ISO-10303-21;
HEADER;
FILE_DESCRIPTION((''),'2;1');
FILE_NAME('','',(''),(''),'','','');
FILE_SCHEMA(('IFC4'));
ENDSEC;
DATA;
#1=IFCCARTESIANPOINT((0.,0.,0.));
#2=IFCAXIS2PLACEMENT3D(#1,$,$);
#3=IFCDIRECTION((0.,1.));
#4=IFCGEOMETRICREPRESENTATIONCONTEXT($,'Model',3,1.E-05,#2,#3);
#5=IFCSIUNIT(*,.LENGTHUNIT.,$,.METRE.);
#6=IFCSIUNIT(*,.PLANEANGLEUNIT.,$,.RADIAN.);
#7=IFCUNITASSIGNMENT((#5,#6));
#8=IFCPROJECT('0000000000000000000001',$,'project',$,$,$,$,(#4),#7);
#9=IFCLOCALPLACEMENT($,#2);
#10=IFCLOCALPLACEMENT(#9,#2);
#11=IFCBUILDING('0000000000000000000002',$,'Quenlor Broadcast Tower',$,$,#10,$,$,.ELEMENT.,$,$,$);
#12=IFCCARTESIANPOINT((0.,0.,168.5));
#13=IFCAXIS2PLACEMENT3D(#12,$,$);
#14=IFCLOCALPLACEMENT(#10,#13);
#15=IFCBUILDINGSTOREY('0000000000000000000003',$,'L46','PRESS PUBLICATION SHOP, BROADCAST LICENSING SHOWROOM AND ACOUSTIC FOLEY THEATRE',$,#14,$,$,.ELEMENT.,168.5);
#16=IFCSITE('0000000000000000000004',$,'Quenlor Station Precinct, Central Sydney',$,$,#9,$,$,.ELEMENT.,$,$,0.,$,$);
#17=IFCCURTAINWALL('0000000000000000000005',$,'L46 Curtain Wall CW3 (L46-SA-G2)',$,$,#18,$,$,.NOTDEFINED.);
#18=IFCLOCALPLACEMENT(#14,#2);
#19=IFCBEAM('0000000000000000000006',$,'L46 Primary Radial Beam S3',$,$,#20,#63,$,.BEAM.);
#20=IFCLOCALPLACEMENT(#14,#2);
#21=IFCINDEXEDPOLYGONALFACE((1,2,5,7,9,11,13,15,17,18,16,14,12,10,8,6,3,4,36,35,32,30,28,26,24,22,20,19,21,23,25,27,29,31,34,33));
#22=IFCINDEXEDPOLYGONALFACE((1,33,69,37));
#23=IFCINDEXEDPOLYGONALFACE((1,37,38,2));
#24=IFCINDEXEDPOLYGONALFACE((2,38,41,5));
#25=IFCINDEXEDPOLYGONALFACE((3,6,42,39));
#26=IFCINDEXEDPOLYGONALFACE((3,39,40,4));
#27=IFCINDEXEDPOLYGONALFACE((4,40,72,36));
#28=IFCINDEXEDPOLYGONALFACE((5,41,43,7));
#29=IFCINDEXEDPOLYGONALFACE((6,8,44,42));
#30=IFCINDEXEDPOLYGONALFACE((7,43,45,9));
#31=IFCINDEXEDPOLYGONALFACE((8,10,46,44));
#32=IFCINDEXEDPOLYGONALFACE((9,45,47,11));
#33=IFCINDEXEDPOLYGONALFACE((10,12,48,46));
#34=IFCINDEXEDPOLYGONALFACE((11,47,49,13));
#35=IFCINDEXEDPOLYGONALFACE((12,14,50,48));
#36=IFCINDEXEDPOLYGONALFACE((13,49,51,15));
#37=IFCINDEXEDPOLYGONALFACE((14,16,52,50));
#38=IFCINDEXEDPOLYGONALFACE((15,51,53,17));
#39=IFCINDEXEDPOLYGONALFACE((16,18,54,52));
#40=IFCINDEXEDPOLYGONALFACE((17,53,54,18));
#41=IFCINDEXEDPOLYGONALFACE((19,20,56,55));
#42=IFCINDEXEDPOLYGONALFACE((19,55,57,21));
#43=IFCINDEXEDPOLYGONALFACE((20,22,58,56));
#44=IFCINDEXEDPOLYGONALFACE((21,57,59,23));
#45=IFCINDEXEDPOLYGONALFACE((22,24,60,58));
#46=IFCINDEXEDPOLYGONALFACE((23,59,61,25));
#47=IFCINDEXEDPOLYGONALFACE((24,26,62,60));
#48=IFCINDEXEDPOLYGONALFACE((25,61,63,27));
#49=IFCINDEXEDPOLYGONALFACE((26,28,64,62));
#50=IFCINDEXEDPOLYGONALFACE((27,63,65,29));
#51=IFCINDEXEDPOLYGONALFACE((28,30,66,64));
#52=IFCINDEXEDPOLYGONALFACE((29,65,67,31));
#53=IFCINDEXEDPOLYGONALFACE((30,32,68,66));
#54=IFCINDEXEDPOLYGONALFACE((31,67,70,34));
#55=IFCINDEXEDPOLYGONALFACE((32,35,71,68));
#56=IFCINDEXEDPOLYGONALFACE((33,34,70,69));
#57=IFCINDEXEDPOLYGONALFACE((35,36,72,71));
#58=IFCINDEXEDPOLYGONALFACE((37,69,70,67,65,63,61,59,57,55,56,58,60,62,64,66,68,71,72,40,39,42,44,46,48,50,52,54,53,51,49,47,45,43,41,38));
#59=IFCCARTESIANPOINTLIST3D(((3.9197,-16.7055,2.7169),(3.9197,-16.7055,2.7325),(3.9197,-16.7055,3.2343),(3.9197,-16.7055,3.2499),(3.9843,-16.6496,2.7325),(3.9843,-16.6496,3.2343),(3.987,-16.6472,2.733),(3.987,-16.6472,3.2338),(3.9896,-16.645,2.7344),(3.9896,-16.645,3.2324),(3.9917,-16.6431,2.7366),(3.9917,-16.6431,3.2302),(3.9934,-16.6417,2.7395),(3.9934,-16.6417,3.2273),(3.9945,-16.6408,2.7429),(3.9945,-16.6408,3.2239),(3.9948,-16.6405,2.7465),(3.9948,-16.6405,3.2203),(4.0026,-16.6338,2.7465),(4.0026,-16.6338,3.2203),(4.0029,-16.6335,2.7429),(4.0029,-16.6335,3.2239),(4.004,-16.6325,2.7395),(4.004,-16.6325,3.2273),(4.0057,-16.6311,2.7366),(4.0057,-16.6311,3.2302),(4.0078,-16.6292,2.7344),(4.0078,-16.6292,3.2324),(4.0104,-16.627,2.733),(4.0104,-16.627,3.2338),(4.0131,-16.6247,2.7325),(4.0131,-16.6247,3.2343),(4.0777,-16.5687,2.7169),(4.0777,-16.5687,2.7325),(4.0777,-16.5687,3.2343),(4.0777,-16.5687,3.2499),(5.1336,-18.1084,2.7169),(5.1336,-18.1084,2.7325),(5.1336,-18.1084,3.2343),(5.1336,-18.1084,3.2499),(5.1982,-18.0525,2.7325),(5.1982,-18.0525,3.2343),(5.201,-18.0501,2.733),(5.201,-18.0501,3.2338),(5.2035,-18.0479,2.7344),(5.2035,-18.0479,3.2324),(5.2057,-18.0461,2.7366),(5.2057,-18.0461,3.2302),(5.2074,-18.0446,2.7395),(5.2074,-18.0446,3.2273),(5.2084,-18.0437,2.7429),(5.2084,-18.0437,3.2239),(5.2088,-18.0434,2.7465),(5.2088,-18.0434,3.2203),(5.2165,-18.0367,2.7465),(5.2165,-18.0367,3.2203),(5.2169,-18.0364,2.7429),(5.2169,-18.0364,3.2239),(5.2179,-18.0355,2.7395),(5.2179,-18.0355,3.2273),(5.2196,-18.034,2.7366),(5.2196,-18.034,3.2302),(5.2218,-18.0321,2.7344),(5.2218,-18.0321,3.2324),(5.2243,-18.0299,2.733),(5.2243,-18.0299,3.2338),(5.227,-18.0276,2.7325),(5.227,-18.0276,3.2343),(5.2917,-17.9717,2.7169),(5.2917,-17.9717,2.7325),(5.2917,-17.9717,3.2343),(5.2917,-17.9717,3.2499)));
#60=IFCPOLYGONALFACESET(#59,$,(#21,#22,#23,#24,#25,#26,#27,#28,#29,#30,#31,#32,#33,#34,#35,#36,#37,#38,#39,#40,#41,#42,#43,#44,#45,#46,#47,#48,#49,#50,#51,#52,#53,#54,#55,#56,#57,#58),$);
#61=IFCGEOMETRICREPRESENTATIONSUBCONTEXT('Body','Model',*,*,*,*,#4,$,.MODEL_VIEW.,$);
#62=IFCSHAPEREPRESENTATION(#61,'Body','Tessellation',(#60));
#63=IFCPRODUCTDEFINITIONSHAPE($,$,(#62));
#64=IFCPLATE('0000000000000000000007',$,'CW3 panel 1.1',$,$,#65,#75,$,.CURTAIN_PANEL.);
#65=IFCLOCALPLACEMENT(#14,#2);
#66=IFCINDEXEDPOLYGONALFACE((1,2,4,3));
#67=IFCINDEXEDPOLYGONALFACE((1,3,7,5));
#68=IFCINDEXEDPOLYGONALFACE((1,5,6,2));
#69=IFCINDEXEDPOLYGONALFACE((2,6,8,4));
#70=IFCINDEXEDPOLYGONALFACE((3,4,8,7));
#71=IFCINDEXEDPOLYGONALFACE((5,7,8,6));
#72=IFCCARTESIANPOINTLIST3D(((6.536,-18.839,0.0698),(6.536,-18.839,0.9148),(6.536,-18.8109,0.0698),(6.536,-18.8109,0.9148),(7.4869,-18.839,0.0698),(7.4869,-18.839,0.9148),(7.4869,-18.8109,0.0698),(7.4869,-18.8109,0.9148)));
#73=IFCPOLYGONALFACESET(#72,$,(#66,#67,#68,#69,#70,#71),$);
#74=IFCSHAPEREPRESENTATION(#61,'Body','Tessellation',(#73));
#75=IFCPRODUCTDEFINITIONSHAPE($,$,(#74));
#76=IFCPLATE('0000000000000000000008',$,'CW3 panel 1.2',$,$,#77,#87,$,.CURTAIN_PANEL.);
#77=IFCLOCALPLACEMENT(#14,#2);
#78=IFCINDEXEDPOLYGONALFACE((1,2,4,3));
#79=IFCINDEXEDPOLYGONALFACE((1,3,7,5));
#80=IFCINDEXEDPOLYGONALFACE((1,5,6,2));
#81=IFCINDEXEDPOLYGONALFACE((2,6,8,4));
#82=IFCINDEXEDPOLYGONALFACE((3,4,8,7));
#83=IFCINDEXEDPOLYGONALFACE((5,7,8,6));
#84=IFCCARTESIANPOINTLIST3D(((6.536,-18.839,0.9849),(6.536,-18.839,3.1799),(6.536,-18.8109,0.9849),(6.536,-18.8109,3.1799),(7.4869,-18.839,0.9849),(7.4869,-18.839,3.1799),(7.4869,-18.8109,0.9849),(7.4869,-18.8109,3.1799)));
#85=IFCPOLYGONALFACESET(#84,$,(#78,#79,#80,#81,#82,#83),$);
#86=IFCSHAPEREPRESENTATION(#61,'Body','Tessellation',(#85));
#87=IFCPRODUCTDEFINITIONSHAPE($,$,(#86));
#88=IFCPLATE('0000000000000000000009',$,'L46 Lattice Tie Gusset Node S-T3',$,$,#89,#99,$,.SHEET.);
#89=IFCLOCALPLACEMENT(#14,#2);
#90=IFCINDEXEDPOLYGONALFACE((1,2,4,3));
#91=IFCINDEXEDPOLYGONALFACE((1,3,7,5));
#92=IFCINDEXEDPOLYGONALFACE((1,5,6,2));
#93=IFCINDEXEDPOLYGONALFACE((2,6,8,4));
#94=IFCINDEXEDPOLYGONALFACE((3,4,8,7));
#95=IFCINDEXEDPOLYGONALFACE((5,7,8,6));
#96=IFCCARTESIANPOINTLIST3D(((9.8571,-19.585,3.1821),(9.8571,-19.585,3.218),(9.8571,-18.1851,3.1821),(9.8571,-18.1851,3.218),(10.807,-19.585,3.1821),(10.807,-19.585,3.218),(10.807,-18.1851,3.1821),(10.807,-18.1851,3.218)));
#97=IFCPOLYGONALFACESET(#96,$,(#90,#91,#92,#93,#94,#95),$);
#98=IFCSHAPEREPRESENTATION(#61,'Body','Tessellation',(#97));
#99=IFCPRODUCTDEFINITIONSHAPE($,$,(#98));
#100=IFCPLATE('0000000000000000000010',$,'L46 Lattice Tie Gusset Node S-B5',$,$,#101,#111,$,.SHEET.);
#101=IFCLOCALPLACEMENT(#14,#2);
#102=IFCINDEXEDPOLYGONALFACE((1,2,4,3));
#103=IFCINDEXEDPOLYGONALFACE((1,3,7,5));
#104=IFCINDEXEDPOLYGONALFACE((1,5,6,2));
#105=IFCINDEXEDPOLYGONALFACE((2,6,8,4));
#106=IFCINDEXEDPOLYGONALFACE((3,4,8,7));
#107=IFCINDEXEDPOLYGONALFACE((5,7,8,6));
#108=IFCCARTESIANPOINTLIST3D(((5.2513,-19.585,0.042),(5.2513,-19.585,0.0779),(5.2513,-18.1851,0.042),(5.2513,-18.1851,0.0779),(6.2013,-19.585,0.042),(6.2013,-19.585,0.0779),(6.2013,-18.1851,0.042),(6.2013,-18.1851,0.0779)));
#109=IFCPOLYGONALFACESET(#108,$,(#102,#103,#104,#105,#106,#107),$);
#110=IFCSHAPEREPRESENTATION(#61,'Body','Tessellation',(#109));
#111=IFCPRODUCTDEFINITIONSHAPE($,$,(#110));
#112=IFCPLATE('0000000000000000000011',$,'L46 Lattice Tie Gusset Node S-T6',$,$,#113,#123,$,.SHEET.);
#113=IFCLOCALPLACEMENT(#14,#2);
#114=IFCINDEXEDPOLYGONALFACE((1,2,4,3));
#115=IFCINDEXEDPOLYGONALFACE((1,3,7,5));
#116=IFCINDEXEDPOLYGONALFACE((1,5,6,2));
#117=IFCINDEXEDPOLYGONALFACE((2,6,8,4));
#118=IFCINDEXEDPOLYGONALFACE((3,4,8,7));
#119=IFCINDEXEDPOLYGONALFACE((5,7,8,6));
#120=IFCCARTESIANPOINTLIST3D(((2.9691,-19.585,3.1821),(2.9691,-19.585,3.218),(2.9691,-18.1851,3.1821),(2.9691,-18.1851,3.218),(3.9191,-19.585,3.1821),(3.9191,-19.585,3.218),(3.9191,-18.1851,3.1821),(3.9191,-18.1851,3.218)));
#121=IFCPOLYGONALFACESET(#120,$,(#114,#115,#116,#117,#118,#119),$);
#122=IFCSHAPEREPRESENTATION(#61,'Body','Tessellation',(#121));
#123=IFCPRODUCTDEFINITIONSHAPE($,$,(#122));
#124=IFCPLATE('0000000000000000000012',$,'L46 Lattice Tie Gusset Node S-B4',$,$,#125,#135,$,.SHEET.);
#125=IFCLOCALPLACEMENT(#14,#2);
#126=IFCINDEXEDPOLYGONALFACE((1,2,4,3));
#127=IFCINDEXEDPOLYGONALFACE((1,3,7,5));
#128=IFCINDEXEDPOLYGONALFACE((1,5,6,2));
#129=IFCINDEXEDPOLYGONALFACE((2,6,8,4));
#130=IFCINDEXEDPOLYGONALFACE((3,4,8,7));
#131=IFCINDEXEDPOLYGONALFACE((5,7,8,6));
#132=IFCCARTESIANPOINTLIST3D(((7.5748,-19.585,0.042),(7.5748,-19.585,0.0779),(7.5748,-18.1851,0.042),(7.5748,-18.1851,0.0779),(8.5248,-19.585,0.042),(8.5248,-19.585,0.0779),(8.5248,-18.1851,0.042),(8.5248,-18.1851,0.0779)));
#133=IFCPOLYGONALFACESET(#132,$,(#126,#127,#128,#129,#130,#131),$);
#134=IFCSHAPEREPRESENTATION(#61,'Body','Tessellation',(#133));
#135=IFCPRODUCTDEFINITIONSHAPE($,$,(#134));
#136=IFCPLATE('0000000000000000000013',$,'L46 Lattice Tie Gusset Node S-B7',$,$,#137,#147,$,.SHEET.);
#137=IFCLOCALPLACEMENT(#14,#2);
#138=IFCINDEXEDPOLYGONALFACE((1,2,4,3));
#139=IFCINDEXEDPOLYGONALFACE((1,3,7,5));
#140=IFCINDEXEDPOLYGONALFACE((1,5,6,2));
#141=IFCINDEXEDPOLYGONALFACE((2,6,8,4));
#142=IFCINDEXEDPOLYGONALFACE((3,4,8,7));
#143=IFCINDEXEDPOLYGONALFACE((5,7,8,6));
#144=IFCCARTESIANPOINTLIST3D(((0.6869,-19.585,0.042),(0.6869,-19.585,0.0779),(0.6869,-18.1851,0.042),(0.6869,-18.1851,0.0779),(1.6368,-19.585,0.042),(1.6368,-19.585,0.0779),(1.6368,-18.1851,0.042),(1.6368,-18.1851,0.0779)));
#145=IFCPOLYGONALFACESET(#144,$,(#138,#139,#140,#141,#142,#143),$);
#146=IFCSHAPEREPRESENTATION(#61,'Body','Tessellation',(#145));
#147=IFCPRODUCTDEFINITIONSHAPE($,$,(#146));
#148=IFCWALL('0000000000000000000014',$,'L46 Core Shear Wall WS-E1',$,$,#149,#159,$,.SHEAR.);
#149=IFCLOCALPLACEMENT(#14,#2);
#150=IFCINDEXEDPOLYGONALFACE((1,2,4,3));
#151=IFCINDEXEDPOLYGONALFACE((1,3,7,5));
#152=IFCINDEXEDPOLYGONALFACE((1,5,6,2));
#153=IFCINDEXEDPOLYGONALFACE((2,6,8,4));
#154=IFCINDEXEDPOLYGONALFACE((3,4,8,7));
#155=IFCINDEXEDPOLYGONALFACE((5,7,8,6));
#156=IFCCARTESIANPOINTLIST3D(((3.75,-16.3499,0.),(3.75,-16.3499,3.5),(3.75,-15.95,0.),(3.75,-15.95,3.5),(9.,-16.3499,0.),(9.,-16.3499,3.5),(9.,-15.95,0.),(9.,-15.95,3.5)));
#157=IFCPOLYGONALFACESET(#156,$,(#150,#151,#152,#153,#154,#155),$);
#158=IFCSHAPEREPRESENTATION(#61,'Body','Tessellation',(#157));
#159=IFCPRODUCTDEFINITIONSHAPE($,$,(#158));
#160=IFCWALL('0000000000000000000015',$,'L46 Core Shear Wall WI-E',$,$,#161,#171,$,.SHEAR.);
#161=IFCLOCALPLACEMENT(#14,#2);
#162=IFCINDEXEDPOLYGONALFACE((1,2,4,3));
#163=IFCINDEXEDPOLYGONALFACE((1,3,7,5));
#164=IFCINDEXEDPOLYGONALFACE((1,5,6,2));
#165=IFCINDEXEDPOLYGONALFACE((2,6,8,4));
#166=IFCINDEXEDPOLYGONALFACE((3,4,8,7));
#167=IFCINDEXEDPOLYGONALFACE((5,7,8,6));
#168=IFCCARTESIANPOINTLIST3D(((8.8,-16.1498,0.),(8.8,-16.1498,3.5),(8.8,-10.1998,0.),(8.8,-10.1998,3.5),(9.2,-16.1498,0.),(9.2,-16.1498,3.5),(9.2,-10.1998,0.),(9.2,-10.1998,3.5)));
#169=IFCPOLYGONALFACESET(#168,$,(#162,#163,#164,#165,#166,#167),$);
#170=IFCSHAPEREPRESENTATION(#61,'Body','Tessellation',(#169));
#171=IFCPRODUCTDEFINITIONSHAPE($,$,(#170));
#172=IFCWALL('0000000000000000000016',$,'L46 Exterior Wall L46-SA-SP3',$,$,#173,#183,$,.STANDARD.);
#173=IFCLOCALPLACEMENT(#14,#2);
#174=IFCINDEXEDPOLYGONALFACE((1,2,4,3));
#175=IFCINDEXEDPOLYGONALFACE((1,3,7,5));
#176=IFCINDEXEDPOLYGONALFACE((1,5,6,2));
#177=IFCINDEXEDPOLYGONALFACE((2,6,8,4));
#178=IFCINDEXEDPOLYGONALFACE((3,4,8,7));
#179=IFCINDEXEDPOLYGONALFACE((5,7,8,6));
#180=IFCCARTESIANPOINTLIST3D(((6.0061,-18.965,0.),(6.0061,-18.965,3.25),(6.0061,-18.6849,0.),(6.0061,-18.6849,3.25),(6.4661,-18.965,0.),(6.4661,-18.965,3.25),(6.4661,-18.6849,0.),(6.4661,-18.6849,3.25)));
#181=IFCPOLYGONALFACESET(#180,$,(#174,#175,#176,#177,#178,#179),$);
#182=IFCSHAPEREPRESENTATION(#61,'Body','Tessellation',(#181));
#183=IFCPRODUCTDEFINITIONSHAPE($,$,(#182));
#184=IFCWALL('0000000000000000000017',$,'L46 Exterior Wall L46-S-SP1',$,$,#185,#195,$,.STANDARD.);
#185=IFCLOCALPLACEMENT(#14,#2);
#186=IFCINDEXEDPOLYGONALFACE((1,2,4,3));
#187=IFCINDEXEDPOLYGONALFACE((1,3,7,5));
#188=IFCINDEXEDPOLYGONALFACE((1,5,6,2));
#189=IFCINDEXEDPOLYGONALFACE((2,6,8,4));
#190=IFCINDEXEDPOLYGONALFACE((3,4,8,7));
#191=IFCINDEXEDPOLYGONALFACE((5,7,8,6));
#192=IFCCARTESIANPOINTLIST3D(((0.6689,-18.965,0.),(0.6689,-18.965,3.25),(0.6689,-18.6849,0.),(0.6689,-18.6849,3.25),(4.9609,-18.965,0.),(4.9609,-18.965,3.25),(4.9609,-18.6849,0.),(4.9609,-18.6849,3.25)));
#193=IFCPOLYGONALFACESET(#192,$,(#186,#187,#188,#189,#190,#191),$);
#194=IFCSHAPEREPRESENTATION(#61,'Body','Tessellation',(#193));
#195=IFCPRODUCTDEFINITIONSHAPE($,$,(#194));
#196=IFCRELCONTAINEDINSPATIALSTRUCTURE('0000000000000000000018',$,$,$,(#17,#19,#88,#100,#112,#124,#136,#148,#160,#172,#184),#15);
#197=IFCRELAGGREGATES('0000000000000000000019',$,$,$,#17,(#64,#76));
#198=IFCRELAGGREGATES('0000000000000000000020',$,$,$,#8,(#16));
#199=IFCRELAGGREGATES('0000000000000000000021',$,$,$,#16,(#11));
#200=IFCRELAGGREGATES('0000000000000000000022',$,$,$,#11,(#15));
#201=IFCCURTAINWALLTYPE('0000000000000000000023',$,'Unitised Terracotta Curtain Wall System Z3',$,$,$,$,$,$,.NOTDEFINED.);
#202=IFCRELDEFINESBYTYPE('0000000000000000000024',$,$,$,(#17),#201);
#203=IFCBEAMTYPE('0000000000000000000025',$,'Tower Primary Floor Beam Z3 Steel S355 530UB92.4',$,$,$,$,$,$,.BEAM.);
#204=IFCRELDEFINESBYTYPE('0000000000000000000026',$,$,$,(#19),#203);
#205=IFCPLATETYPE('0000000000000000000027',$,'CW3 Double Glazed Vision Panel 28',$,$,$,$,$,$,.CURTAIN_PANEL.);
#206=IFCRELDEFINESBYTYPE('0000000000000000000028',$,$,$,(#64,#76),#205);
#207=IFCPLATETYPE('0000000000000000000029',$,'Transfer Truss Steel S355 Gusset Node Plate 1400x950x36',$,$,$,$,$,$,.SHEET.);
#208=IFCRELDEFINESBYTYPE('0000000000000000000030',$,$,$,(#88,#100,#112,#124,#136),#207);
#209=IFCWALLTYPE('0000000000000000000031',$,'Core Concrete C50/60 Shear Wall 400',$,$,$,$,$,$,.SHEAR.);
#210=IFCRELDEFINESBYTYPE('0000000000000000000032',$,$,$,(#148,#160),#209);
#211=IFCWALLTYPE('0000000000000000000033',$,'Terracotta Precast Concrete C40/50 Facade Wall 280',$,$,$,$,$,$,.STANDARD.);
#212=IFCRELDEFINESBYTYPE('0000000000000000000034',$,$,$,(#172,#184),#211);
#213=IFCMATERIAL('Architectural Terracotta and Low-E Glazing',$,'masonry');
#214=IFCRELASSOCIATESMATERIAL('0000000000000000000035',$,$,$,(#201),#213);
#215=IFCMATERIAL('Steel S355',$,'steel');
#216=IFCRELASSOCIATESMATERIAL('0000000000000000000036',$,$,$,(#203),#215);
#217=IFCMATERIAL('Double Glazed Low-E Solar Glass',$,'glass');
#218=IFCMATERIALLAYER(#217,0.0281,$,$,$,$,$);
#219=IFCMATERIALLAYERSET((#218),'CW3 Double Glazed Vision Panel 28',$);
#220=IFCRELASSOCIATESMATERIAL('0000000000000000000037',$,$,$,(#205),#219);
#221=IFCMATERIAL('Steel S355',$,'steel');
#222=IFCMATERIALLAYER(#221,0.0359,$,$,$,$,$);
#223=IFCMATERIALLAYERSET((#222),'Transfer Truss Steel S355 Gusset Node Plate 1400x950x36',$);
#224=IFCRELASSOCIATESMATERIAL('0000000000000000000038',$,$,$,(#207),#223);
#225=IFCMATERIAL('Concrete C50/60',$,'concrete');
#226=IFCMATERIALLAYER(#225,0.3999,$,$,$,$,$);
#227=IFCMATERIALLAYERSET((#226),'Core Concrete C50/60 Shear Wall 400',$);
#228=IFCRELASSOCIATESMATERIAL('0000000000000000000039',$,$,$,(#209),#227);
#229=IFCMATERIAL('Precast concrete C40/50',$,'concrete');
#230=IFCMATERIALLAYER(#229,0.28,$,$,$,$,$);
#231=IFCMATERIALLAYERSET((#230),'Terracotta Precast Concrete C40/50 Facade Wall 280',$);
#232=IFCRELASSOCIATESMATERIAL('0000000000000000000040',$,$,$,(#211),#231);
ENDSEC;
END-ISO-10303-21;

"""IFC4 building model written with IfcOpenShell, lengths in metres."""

from ifc_helpers import new_model, si_unit, direction, frame, frame_2d, origin, origin_2d, place, context, subcontext, project, spatial, rectangle, i_section, extrude, material, layer, layer_set, material_profile, profile_set, type_object, element, aggregate, save


model = new_model("IFC4")

# Units and contexts
model_context = context("Model", 3, precision=1e-05, world=origin(), true_north=direction((0.0, 1.0)))
body_context = subcontext(model_context, "Body", "Model", "MODEL_VIEW")
ifc_project = project(units=[si_unit("LENGTHUNIT", "METRE"), si_unit("PLANEANGLEUNIT", "RADIAN")], contexts=[model_context])

# Site, building, storey
site_placement = place(None, origin())
site = spatial("IfcSite", under=ifc_project, at=site_placement, Name="Quenlor Station Precinct, Central Sydney", CompositionType="ELEMENT", RefElevation=0.0)
building_placement = place(site_placement, origin())
building = spatial("IfcBuilding", under=site, at=building_placement, Name="Quenlor Broadcast Tower", CompositionType="ELEMENT")
storey_placement = place(building_placement, frame((0.0, 0.0, 168.5)))
storey = spatial("IfcBuildingStorey", under=building, at=storey_placement, Name="L46", Description="PRESS PUBLICATION SHOP, BROADCAST LICENSING SHOWROOM AND ACOUSTIC FOLEY THEATRE", CompositionType="ELEMENT", Elevation=168.5)

# Curtain wall
ifc_material_1 = material(Name="Architectural Terracotta and Low-E Glazing", Category="masonry")
curtain_wall_type = type_object("IfcCurtainWallType", Name="Unitised Terracotta Curtain Wall System Z3", PredefinedType="NOTDEFINED", material=ifc_material_1)
curtain_wall_1_placement = place(storey_placement, origin())
curtain_wall_1 = element("IfcCurtainWall", 1, at=curtain_wall_1_placement, inside=storey, type_object=curtain_wall_type, Name="L46 Curtain Wall CW3 (L46-SA-G2)", PredefinedType="NOTDEFINED")

# Beam
ifc_material_2 = material(Name="Steel S355", Category="steel")
ifc_material_profile_1 = material_profile(ifc_material_2, i_section(OverallWidth=0.209, OverallDepth=0.533, WebThickness=0.0103, FlangeThickness=0.0156, FilletRadius=0.0139, at=origin_2d()))
ifc_profile_set_1 = profile_set([ifc_material_profile_1], Name="Steel S355 530UB92.4")
beam_type_1 = type_object("IfcBeamType", Name="Tower Primary Floor Beam Z3 Steel S355 530UB92.4", PredefinedType="BEAM", material=ifc_profile_set_1)
beam_1_placement = place(storey_placement, frame((5.2126, -18.04, 2.9834), z_axis=(-0.654339, 0.756201, 0.0), x_axis=(-0.756201, -0.654339, 0.0)))
element("IfcBeam", 2, at=beam_1_placement, inside=storey, type_object=beam_type_1, Name="L46 Primary Radial Beam S3", PredefinedType="BEAM", context=body_context, shape_type="SweptSolid", body=[
    extrude(i_section(OverallWidth=0.209, OverallDepth=0.533, WebThickness=0.0103, FlangeThickness=0.0156, FilletRadius=0.0139, at=origin_2d()), origin(), (0.0, 0.0, 1.0), 1.8552),
])

# Plates
ifc_material_3 = material(Name="Double Glazed Low-E Solar Glass", Category="glass")
ifc_layer_1 = layer(ifc_material_3, 0.0281)
ifc_layer_set_1 = layer_set([ifc_layer_1], Name="CW3 Double Glazed Vision Panel 28")
plate_type_1 = type_object("IfcPlateType", Name="CW3 Double Glazed Vision Panel 28", PredefinedType="CURTAIN_PANEL", material=ifc_layer_set_1)
plate_1_placement = place(storey_placement, frame((7.0115, -18.825, 0.0698), z_axis=(0.0, 0.0, 1.0), x_axis=(-1.0, 0.0, 0.0)))
plate_1 = element("IfcPlate", 3, at=plate_1_placement, type_object=plate_type_1, Name="CW3 panel 1.1", PredefinedType="CURTAIN_PANEL", context=body_context, shape_type="SweptSolid", body=[
    extrude(rectangle(XDim=0.9509, YDim=0.0281, at=origin_2d()), origin(), (0.0, 0.0, 1.0), 0.845),
])
plate_2_placement = place(storey_placement, frame((7.0115, -18.825, 0.9849), z_axis=(0.0, 0.0, 1.0), x_axis=(-1.0, 0.0, 0.0)))
plate_2 = element("IfcPlate", 4, at=plate_2_placement, type_object=plate_type_1, Name="CW3 panel 1.2", PredefinedType="CURTAIN_PANEL", context=body_context, shape_type="SweptSolid", body=[
    extrude(rectangle(XDim=0.9509, YDim=0.0281, at=origin_2d()), origin(), (0.0, 0.0, 1.0), 2.1951),
])
aggregate(curtain_wall_1, [plate_1, plate_2])

# Plates
ifc_material_4 = material(Name="Steel S355", Category="steel")
ifc_layer_2 = layer(ifc_material_4, 0.0359)
ifc_layer_set_2 = layer_set([ifc_layer_2], Name="Transfer Truss Steel S355 Gusset Node Plate 1400x950x36")
plate_type_2 = type_object("IfcPlateType", Name="Transfer Truss Steel S355 Gusset Node Plate 1400x950x36", PredefinedType="SHEET", material=ifc_layer_set_2)
for number, where, z_axis, x_axis, name in (
    (5, (10.332, -18.885, 3.1821), (0.0, 0.0, 1.0), (0.0, -1.0, 0.0), "L46 Lattice Tie Gusset Node S-T3"),
    (6, (5.7263, -18.885, 0.042), (0.0, 0.0, 1.0), (0.0, -1.0, 0.0), "L46 Lattice Tie Gusset Node S-B5"),
    (7, (3.4441, -18.885, 3.1821), (0.0, 0.0, 1.0), (0.0, -1.0, 0.0), "L46 Lattice Tie Gusset Node S-T6"),
    (8, (8.0498, -18.885, 0.042), (0.0, 0.0, 1.0), (0.0, -1.0, 0.0), "L46 Lattice Tie Gusset Node S-B4"),
    (9, (1.1619, -18.885, 0.042), (0.0, 0.0, 1.0), (0.0, -1.0, 0.0), "L46 Lattice Tie Gusset Node S-B7"),
):
    element("IfcPlate", number, at=place(storey_placement, frame(where, z_axis=z_axis, x_axis=x_axis)), inside=storey, type_object=plate_type_2, Name=name, PredefinedType="SHEET", context=body_context, shape_type="SweptSolid", body=[
        extrude(rectangle(XDim=1.3999, YDim=0.95, at=origin_2d()), origin(), (0.0, 0.0, 1.0), 0.0359),
    ])

# Walls
ifc_material_5 = material(Name="Concrete C50/60", Category="concrete")
ifc_layer_3 = layer(ifc_material_5, 0.3999)
ifc_layer_set_3 = layer_set([ifc_layer_3], Name="Core Concrete C50/60 Shear Wall 400")
wall_type_1 = type_object("IfcWallType", Name="Core Concrete C50/60 Shear Wall 400", PredefinedType="SHEAR", material=ifc_layer_set_3)
wall_1_placement = place(storey_placement, frame((3.75, -16.1499, 0.0), z_axis=(0.0, 0.0, 1.0), x_axis=(1.0, 0.0, 0.0)))
element("IfcWall", 10, at=wall_1_placement, inside=storey, type_object=wall_type_1, Name="L46 Core Shear Wall WS-E1", PredefinedType="SHEAR", context=body_context, shape_type="SweptSolid", body=[
    extrude(rectangle(XDim=5.25, YDim=0.3999, at=frame_2d((2.625, 0.0))), origin(), (0.0, 0.0, 1.0), 3.5),
])
wall_2_placement = place(storey_placement, frame((9.0, -16.1499, 0.0), z_axis=(0.0, 0.0, 1.0), x_axis=(0.0, 1.0, 0.0)))
element("IfcWall", 11, at=wall_2_placement, inside=storey, type_object=wall_type_1, Name="L46 Core Shear Wall WI-E", PredefinedType="SHEAR", context=body_context, shape_type="SweptSolid", body=[
    extrude(rectangle(XDim=5.95, YDim=0.3999, at=frame_2d((2.9751, 0.0))), origin(), (0.0, 0.0, 1.0), 3.5),
])
ifc_material_6 = material(Name="Precast concrete C40/50", Category="concrete")
ifc_layer_4 = layer(ifc_material_6, 0.28)
ifc_layer_set_4 = layer_set([ifc_layer_4], Name="Terracotta Precast Concrete C40/50 Facade Wall 280")
wall_type_2 = type_object("IfcWallType", Name="Terracotta Precast Concrete C40/50 Facade Wall 280", PredefinedType="STANDARD", material=ifc_layer_set_4)
wall_3_placement = place(storey_placement, frame((6.4661, -18.825, 0.0), z_axis=(0.0, 0.0, 1.0), x_axis=(-1.0, 0.0, 0.0)))
element("IfcWall", 12, at=wall_3_placement, inside=storey, type_object=wall_type_2, Name="L46 Exterior Wall L46-SA-SP3", PredefinedType="STANDARD", context=body_context, shape_type="SweptSolid", body=[
    extrude(rectangle(XDim=0.46, YDim=0.28, at=frame_2d((0.23, 0.0))), origin(), (0.0, 0.0, 1.0), 3.25),
])
wall_4_placement = place(storey_placement, frame((4.9609, -18.825, 0.0), z_axis=(0.0, 0.0, 1.0), x_axis=(-1.0, 0.0, 0.0)))
element("IfcWall", 13, at=wall_4_placement, inside=storey, type_object=wall_type_2, Name="L46 Exterior Wall L46-S-SP1", PredefinedType="STANDARD", context=body_context, shape_type="SweptSolid", body=[
    extrude(rectangle(XDim=4.292, YDim=0.28, at=frame_2d((2.146, 0.0))), origin(), (0.0, 0.0, 1.0), 3.25),
])

save(model, "model.ifc")
